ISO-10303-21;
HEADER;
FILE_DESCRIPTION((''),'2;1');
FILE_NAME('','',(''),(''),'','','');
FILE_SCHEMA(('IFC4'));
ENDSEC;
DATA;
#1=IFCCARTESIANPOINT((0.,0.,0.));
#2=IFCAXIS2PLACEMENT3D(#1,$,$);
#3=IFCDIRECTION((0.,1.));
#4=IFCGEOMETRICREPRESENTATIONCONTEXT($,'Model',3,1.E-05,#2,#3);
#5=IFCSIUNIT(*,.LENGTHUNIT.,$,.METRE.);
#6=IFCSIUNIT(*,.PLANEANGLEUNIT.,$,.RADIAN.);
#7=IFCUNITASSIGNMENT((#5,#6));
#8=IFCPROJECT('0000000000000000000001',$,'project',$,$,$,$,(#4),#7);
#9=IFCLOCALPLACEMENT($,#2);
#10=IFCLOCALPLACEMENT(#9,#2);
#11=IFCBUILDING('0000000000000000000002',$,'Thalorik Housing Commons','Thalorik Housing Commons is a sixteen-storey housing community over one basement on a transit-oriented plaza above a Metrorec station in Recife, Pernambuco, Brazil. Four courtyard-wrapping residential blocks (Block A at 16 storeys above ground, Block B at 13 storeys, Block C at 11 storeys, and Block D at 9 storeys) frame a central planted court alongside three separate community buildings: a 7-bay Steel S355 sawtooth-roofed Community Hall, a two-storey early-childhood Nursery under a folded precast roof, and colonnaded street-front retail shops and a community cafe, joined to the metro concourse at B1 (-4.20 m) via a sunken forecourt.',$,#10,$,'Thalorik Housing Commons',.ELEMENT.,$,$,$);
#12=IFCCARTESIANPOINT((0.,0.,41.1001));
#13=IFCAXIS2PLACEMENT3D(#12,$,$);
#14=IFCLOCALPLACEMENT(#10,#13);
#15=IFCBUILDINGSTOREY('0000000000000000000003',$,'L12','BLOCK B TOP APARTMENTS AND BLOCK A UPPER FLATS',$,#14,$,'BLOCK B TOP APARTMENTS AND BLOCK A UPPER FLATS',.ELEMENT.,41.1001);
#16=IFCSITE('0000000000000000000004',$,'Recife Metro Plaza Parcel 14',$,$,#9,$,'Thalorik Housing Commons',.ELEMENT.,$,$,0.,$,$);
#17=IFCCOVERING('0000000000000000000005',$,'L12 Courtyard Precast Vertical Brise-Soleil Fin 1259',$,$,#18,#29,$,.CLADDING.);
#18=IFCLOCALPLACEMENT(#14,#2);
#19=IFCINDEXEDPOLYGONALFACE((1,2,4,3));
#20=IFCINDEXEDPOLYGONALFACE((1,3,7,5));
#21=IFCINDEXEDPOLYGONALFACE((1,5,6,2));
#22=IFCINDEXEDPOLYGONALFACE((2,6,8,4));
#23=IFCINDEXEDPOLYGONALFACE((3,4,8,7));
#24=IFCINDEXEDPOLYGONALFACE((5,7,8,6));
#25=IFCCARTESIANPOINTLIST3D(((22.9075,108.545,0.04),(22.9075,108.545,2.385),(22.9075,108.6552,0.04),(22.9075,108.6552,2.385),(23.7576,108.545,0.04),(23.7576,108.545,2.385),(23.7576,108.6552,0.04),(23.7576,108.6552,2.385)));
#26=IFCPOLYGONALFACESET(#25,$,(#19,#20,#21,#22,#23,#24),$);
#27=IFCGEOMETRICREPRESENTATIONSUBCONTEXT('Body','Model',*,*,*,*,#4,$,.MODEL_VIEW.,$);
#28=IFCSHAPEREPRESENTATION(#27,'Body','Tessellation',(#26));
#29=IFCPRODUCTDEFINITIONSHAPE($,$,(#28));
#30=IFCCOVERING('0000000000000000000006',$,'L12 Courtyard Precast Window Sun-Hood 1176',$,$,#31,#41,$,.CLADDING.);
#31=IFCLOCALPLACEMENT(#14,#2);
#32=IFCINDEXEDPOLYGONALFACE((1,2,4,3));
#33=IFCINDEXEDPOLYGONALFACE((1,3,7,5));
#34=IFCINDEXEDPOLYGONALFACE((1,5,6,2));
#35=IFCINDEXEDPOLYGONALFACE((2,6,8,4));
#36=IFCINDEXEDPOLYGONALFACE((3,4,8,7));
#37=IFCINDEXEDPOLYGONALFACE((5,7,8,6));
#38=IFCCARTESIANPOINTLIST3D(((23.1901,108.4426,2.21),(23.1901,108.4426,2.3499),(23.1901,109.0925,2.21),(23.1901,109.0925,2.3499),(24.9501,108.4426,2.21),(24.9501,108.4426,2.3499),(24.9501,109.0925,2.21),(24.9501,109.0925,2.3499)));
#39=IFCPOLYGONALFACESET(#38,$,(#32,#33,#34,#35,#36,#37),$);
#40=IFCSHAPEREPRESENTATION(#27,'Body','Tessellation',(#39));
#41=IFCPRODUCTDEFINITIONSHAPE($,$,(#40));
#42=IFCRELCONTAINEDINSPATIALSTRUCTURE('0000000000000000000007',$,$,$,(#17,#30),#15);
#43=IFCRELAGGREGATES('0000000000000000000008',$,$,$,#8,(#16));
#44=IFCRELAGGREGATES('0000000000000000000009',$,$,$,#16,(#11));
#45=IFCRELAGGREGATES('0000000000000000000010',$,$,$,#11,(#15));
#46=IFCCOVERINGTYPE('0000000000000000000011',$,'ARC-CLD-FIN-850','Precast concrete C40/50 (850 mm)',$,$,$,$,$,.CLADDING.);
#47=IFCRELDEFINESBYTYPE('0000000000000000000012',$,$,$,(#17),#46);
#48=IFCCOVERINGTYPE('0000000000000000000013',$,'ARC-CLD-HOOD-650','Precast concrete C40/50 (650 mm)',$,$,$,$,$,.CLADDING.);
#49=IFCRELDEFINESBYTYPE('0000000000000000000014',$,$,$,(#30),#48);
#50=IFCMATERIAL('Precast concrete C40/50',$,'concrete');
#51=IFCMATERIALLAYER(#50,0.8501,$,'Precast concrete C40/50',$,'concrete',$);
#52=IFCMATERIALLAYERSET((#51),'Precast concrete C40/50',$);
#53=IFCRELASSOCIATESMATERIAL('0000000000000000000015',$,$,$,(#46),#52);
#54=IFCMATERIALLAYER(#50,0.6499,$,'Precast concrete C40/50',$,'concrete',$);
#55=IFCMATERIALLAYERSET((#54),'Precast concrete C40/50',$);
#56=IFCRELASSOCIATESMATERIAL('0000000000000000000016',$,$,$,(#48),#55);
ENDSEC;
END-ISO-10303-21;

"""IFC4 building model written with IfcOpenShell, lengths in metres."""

from ifc_helpers import new_model, si_unit, direction, frame, origin, origin_2d, place, context, subcontext, project, spatial, rectangle, extrude, material, layer, layer_set, type_object, element, save


model = new_model("IFC4")

# Units and contexts
model_context = context("Model", 3, precision=1e-05, world=origin(), true_north=direction((0.0, 1.0)))
body_context = subcontext(model_context, "Body", "Model", "MODEL_VIEW")
ifc_project = project(units=[si_unit("LENGTHUNIT", "METRE"), si_unit("PLANEANGLEUNIT", "RADIAN")], contexts=[model_context])

# Site, building, storey
site_placement = place(None, origin())
site = spatial("IfcSite", under=ifc_project, at=site_placement, Name="Recife Metro Plaza Parcel 14", LongName="Thalorik Housing Commons", CompositionType="ELEMENT", RefElevation=0.0)
building_placement = place(site_placement, origin())
building = spatial("IfcBuilding", under=site, at=building_placement, Name="Thalorik Housing Commons", Description="Thalorik Housing Commons is a sixteen-storey housing community over one basement on a transit-oriented plaza above a Metrorec station in Recife, Pernambuco, Brazil. Four courtyard-wrapping residential blocks (Block A at 16 storeys above ground, Block B at 13 storeys, Block C at 11 storeys, and Block D at 9 storeys) frame a central planted court alongside three separate community buildings: a 7-bay Steel S355 sawtooth-roofed Community Hall, a two-storey early-childhood Nursery under a folded precast roof, and colonnaded street-front retail shops and a community cafe, joined to the metro concourse at B1 (-4.20 m) via a sunken forecourt.", LongName="Thalorik Housing Commons", CompositionType="ELEMENT")
storey_placement = place(building_placement, frame((0.0, 0.0, 41.1001)))
storey = spatial("IfcBuildingStorey", under=building, at=storey_placement, Name="L12", Description="BLOCK B TOP APARTMENTS AND BLOCK A UPPER FLATS", LongName="BLOCK B TOP APARTMENTS AND BLOCK A UPPER FLATS", CompositionType="ELEMENT", Elevation=41.1001)

# Coverings
ifc_material = material(Name="Precast concrete C40/50", Category="concrete")
ifc_layer_1 = layer(ifc_material, 0.8501, Name="Precast concrete C40/50", Category="concrete")
ifc_layer_set_1 = layer_set([ifc_layer_1], Name="Precast concrete C40/50")
covering_type_1 = type_object("IfcCoveringType", Name="ARC-CLD-FIN-850", Description="Precast concrete C40/50 (850 mm)", PredefinedType="CLADDING", material=ifc_layer_set_1)
for number, where, z_axis, x_axis, name in (
    (1, (23.3325, 108.6001, 0.04), (0.0, 0.0, 1.0), (0.0, 1.0, 0.0), "L12 Courtyard Precast Vertical Brise-Soleil Fin 1259"),
):
    element("IfcCovering", number, at=place(storey_placement, frame(where, z_axis=z_axis, x_axis=x_axis)), inside=storey, type_object=covering_type_1, Name=name, PredefinedType="CLADDING", context=body_context, shape_type="SweptSolid", body=[
        extrude(rectangle(XDim=0.1101, YDim=0.8501, at=origin_2d()), origin(), (0.0, 0.0, 1.0), 2.345),
    ])
ifc_layer_2 = layer(ifc_material, 0.6499, Name="Precast concrete C40/50", Category="concrete")
ifc_layer_set_2 = layer_set([ifc_layer_2], Name="Precast concrete C40/50")
covering_type_2 = type_object("IfcCoveringType", Name="ARC-CLD-HOOD-650", Description="Precast concrete C40/50 (650 mm)", PredefinedType="CLADDING", material=ifc_layer_set_2)
covering_placement = place(storey_placement, frame((24.0701, 108.7676, 2.21), z_axis=(0.0, 0.0, 1.0), x_axis=(1.0, 0.0, 0.0)))
element("IfcCovering", 2, at=covering_placement, inside=storey, type_object=covering_type_2, Name="L12 Courtyard Precast Window Sun-Hood 1176", PredefinedType="CLADDING", context=body_context, shape_type="SweptSolid", body=[
    extrude(rectangle(XDim=1.76, YDim=0.6499, at=origin_2d()), origin(), (0.0, 0.0, 1.0), 0.1399),
])

save(model, "model.ifc")
